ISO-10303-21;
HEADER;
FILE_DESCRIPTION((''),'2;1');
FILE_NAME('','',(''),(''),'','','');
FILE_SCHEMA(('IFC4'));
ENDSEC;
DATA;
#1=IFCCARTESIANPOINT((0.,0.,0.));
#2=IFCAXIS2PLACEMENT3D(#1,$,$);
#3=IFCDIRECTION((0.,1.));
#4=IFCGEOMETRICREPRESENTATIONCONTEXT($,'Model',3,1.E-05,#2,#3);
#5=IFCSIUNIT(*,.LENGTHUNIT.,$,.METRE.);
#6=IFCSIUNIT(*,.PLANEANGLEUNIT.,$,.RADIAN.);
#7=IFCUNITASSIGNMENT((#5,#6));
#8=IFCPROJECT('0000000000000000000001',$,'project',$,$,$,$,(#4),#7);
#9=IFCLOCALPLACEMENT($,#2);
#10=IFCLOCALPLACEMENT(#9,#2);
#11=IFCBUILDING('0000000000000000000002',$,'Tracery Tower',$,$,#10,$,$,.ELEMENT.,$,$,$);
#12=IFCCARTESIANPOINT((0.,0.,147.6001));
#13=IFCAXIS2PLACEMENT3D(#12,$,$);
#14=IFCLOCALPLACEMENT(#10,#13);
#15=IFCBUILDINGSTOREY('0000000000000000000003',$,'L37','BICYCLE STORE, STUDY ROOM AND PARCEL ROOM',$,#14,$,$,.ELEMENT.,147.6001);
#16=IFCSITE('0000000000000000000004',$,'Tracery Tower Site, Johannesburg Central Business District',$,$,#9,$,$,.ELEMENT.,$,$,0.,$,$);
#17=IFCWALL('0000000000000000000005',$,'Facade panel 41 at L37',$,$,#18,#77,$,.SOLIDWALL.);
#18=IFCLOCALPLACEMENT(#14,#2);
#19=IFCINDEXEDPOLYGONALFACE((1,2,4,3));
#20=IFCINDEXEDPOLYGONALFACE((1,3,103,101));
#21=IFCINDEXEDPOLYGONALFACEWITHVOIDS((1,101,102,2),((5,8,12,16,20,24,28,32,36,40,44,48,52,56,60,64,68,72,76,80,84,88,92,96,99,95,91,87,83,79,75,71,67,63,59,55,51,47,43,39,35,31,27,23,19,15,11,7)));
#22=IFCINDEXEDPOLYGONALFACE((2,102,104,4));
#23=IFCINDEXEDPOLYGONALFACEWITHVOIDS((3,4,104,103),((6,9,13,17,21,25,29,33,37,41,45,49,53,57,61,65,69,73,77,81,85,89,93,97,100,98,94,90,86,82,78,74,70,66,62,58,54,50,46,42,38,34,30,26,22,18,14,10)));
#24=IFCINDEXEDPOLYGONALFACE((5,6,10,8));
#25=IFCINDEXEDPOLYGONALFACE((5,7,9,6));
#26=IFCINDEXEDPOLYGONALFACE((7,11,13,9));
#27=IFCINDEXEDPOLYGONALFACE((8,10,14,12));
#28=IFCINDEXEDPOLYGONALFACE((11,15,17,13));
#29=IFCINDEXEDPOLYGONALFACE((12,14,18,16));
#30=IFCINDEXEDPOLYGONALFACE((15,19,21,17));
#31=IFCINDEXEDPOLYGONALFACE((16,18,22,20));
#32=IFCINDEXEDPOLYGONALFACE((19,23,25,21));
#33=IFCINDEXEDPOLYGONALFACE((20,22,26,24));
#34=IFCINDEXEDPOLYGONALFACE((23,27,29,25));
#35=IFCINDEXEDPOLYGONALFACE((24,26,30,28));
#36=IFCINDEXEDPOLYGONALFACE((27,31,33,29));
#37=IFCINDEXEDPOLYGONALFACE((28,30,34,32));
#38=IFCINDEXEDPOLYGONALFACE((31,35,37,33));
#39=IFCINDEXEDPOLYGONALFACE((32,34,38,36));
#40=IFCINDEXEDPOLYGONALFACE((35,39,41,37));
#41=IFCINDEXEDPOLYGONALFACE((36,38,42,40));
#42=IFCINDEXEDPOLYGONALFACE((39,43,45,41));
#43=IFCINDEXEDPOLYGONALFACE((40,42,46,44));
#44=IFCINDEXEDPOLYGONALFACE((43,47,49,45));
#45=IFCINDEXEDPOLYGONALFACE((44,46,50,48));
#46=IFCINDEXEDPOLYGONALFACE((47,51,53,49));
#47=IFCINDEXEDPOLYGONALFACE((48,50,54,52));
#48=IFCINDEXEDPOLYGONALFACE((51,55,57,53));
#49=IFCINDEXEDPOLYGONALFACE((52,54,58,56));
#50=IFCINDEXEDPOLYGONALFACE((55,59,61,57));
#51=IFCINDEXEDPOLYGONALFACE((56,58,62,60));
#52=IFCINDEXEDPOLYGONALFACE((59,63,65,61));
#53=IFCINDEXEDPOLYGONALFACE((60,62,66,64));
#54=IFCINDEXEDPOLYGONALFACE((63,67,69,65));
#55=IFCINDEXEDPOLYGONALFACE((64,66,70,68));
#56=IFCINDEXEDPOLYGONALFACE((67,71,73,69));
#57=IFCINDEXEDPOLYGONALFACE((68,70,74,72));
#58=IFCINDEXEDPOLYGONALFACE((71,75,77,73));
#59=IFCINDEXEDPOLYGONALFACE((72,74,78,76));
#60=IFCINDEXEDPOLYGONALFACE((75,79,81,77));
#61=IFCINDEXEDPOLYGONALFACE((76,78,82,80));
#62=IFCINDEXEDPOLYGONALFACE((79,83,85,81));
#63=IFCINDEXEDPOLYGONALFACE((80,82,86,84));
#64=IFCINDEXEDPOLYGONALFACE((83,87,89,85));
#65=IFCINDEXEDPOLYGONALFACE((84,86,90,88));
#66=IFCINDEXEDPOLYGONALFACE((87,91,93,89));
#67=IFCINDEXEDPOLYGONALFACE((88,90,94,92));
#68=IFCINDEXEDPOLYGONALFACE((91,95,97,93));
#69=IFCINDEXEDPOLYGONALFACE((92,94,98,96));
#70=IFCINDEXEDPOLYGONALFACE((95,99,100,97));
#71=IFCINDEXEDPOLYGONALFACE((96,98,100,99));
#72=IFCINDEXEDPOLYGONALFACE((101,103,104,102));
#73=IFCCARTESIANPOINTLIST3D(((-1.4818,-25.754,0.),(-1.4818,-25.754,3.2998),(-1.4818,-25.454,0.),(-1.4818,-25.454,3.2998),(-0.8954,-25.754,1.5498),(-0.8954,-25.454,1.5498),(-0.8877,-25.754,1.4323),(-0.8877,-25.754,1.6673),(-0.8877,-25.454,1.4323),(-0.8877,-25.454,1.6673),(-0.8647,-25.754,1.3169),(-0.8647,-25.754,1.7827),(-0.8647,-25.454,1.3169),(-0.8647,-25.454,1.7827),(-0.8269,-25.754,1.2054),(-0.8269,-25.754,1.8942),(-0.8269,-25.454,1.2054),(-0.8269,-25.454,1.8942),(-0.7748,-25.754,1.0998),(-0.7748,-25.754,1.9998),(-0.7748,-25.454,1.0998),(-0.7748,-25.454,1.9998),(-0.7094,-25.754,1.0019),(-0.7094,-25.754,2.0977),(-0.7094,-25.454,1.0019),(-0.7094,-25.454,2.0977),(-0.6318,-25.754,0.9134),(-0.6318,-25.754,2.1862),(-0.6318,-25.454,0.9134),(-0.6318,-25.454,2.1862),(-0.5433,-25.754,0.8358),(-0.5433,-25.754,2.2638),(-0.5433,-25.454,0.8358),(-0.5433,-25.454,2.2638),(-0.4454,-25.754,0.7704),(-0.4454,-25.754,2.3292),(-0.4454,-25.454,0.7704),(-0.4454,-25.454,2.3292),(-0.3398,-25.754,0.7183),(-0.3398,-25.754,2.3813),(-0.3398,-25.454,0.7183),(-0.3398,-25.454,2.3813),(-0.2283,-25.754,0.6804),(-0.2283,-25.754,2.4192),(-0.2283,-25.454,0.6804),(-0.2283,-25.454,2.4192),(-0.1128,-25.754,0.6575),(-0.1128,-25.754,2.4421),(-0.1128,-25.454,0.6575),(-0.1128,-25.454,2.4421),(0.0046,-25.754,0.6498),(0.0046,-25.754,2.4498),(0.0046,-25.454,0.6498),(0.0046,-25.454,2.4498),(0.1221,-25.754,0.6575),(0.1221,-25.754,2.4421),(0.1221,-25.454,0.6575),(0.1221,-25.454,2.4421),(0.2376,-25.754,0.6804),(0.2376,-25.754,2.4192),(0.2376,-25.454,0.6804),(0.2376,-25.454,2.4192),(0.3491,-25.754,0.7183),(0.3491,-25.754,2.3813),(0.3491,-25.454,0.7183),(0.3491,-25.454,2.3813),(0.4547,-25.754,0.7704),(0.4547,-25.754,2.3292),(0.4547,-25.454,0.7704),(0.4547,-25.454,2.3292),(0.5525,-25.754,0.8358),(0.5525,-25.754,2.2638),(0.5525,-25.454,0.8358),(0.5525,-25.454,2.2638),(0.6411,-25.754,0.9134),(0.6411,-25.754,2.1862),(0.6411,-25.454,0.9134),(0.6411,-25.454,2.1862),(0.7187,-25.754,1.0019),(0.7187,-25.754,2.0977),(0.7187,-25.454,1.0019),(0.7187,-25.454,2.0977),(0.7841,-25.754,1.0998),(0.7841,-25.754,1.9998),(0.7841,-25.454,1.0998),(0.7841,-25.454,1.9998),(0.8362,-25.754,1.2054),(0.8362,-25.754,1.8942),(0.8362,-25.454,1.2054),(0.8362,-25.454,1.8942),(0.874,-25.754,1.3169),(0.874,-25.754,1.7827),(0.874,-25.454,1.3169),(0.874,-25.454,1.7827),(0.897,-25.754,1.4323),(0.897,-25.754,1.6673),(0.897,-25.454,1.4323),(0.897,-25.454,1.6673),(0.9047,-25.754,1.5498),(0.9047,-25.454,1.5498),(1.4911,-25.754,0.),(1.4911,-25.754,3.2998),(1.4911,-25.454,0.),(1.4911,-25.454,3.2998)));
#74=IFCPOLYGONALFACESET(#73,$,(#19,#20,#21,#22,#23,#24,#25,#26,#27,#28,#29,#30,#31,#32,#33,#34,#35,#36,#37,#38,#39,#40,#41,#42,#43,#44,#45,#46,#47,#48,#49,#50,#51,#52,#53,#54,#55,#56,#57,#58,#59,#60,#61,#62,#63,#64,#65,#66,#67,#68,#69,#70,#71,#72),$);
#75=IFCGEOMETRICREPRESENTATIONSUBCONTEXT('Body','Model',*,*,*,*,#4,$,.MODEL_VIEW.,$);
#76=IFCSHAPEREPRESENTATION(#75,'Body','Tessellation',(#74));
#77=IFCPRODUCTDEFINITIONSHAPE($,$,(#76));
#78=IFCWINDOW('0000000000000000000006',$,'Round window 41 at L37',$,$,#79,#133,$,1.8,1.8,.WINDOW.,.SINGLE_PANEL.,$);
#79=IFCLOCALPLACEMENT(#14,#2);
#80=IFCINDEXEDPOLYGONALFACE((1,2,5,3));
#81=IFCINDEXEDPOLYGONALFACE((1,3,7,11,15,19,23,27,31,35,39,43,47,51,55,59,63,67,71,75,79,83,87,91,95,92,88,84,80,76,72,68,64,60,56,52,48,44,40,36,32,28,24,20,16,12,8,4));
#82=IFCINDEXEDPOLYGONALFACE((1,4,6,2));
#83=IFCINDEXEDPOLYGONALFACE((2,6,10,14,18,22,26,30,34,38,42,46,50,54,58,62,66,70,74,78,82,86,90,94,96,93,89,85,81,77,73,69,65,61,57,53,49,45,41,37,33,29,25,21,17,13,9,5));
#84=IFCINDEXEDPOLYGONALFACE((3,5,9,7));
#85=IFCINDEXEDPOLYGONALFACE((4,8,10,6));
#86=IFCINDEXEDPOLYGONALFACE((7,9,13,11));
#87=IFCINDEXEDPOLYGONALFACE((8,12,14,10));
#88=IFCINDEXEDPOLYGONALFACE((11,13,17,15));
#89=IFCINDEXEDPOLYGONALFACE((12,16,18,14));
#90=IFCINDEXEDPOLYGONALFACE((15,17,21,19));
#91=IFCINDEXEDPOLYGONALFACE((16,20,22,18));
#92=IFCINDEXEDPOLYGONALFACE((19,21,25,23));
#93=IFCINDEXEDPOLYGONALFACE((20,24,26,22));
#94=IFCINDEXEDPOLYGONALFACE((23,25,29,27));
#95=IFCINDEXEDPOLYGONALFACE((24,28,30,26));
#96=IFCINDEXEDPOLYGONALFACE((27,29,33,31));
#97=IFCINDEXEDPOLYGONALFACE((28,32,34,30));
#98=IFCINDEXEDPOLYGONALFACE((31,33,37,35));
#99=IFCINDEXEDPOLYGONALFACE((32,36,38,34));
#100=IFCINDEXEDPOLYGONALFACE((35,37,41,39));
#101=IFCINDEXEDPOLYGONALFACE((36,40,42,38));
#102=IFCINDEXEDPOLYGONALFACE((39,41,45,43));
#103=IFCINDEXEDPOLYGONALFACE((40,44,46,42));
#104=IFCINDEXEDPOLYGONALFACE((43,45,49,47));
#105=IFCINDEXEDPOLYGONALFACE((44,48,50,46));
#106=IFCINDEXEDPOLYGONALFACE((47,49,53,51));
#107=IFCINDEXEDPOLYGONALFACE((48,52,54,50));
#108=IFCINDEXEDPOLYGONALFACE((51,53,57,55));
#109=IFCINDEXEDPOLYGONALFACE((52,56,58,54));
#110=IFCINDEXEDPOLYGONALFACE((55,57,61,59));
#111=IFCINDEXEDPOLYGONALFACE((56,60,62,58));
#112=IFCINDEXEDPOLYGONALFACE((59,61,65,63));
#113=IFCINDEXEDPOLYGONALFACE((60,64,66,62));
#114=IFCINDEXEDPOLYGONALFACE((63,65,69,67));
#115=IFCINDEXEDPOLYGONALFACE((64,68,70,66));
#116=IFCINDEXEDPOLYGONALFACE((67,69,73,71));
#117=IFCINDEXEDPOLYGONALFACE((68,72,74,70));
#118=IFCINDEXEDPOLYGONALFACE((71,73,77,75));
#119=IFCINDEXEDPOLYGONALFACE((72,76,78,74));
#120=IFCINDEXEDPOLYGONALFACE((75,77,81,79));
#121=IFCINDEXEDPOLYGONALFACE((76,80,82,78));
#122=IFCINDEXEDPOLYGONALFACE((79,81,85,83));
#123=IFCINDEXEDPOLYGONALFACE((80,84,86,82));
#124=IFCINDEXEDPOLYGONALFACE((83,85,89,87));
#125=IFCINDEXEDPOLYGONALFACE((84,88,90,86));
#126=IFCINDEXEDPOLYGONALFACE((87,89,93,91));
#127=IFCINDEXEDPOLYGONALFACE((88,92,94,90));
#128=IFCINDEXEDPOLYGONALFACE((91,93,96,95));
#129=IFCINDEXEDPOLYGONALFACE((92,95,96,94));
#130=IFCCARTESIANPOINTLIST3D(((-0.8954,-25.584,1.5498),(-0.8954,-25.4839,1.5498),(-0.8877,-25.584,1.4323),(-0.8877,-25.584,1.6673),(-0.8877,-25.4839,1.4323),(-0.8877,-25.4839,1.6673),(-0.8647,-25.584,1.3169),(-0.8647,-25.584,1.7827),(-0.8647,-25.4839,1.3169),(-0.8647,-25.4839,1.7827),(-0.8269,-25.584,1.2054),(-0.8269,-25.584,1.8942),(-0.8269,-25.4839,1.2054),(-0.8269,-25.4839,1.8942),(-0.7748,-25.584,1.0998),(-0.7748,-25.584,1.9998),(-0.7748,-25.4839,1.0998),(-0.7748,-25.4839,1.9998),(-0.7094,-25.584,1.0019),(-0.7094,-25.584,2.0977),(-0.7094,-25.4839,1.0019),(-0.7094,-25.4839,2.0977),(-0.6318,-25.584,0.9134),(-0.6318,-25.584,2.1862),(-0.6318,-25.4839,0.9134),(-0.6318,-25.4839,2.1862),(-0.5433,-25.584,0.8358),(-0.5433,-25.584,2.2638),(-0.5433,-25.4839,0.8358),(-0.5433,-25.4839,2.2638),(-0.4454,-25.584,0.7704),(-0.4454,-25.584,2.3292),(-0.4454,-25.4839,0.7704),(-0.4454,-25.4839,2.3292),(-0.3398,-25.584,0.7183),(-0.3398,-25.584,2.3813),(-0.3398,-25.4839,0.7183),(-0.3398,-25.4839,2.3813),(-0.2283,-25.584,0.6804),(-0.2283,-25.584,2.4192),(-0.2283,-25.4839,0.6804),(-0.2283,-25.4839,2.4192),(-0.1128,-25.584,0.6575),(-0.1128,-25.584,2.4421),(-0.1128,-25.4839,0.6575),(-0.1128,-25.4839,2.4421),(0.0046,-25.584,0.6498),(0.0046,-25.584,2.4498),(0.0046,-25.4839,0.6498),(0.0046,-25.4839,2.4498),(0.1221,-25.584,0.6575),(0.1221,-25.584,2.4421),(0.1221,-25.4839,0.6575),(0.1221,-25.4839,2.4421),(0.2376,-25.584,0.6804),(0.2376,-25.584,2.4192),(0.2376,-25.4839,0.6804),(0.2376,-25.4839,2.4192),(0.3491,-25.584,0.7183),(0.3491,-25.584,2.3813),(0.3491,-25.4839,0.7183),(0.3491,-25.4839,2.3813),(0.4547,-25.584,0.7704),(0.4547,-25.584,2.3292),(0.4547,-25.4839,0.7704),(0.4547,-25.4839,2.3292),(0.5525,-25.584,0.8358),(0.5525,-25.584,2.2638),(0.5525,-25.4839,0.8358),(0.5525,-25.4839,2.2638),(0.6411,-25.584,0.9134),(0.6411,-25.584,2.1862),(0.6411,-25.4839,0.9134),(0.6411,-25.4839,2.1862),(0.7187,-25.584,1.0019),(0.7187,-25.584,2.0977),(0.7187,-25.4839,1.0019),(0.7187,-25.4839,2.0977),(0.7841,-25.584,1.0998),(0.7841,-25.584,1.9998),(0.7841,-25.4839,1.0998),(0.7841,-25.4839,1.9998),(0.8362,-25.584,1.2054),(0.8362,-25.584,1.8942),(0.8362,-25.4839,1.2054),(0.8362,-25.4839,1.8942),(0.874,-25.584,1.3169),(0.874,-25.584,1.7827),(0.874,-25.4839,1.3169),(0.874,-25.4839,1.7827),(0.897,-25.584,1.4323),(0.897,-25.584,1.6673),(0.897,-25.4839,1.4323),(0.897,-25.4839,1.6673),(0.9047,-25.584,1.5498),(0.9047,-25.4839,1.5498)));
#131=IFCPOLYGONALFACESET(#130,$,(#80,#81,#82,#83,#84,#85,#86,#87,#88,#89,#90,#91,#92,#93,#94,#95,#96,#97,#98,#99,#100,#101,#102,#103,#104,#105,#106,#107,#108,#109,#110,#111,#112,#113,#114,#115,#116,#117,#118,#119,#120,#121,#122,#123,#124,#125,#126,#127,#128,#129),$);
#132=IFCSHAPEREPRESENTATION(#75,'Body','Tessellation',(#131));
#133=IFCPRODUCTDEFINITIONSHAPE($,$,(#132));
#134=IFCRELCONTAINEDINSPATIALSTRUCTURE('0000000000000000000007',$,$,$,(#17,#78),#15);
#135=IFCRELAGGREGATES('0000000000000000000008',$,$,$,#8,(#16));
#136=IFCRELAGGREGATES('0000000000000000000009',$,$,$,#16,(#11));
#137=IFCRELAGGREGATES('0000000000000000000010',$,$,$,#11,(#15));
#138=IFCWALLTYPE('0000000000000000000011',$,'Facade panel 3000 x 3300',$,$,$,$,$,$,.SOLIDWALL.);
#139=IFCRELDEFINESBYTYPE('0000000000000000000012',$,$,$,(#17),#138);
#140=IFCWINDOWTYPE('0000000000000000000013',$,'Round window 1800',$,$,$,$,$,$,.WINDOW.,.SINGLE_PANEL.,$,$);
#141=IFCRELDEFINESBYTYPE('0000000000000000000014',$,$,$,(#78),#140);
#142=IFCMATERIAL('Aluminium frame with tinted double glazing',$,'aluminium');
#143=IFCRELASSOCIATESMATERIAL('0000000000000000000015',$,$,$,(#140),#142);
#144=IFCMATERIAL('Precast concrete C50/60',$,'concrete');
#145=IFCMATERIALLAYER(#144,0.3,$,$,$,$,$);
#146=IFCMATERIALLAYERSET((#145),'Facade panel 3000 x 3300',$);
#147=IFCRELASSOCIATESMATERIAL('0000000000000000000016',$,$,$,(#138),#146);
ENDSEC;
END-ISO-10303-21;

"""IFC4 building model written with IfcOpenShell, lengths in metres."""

from ifc_helpers import new_model, si_unit, direction, frame, frame_2d, origin, origin_2d, place, context, subcontext, project, spatial, rectangle, circle, extrude, material, layer, layer_set, type_object, element, fill, save


model = new_model("IFC4")

# Units and contexts
model_context = context("Model", 3, precision=1e-05, world=origin(), true_north=direction((0.0, 1.0)))
body_context = subcontext(model_context, "Body", "Model", "MODEL_VIEW")
ifc_project = project(units=[si_unit("LENGTHUNIT", "METRE"), si_unit("PLANEANGLEUNIT", "RADIAN")], contexts=[model_context])

# Site, building, storey
site_placement = place(None, origin())
site = spatial("IfcSite", under=ifc_project, at=site_placement, Name="Tracery Tower Site, Johannesburg Central Business District", CompositionType="ELEMENT", RefElevation=0.0)
building_placement = place(site_placement, origin())
building = spatial("IfcBuilding", under=site, at=building_placement, Name="Tracery Tower", CompositionType="ELEMENT")
storey_placement = place(building_placement, frame((0.0, 0.0, 147.6001)))
storey = spatial("IfcBuildingStorey", under=building, at=storey_placement, Name="L37", Description="BICYCLE STORE, STUDY ROOM AND PARCEL ROOM", CompositionType="ELEMENT", Elevation=147.6001)

# Wall, opening, window
ifc_material_1 = material(Name="Aluminium frame with tinted double glazing", Category="aluminium")
window_type = type_object("IfcWindowType", Name="Round window 1800", PartitioningType="SINGLE_PANEL", PredefinedType="WINDOW", material=ifc_material_1)
ifc_material_2 = material(Name="Precast concrete C50/60", Category="concrete")
ifc_layer_1 = layer(ifc_material_2, 0.3)
ifc_layer_set_1 = layer_set([ifc_layer_1], Name="Facade panel 3000 x 3300")
wall_type_1 = type_object("IfcWallType", Name="Facade panel 3000 x 3300", PredefinedType="SOLIDWALL", material=ifc_layer_set_1)
wall_1_placement = place(storey_placement, frame((-1.4817, -25.604, 0.0), z_axis=(0.0, 0.0, 1.0), x_axis=(1.0, 0.0, 0.0)))
wall_1 = element("IfcWall", 1, at=wall_1_placement, inside=storey, type_object=wall_type_1, Name="Facade panel 41 at L37", PredefinedType="SOLIDWALL", context=body_context, shape_type="SweptSolid", body=[
    extrude(rectangle(XDim=2.9729, YDim=0.3, at=frame_2d((1.4863, 0.0))), origin(), (0.0, 0.0, 1.0), 3.2998),
])
opening_1_placement = place(wall_1_placement, frame((1.4863, 0.0, 1.5498)))
opening_1 = element("IfcOpeningElement", 2, at=opening_1_placement, cuts=wall_1, PredefinedType="OPENING", context=body_context, shape_type="SweptSolid", body=[
    extrude(circle(Radius=0.9, at=origin_2d()), frame((0.0, 0.1599, 0.0), z_axis=(0.0, -1.0, 0.0), x_axis=(1.0, 0.0, 0.0)), (0.0, 0.0, 1.0), 0.3201),
])
window_1_placement = place(opening_1_placement, origin())
window_1 = element("IfcWindow", 3, at=window_1_placement, inside=storey, type_object=window_type, Name="Round window 41 at L37", OverallHeight=1.8, OverallWidth=1.8, PartitioningType="SINGLE_PANEL", PredefinedType="WINDOW", context=body_context, shape_type="SweptSolid", body=[
    extrude(circle(Radius=0.9, at=origin_2d()), frame((0.0, 0.1201, 0.0), z_axis=(0.0, -1.0, 0.0), x_axis=(1.0, 0.0, 0.0)), (0.0, 0.0, 1.0), 0.1001),
])
fill(opening_1, window_1)

save(model, "model.ifc")
